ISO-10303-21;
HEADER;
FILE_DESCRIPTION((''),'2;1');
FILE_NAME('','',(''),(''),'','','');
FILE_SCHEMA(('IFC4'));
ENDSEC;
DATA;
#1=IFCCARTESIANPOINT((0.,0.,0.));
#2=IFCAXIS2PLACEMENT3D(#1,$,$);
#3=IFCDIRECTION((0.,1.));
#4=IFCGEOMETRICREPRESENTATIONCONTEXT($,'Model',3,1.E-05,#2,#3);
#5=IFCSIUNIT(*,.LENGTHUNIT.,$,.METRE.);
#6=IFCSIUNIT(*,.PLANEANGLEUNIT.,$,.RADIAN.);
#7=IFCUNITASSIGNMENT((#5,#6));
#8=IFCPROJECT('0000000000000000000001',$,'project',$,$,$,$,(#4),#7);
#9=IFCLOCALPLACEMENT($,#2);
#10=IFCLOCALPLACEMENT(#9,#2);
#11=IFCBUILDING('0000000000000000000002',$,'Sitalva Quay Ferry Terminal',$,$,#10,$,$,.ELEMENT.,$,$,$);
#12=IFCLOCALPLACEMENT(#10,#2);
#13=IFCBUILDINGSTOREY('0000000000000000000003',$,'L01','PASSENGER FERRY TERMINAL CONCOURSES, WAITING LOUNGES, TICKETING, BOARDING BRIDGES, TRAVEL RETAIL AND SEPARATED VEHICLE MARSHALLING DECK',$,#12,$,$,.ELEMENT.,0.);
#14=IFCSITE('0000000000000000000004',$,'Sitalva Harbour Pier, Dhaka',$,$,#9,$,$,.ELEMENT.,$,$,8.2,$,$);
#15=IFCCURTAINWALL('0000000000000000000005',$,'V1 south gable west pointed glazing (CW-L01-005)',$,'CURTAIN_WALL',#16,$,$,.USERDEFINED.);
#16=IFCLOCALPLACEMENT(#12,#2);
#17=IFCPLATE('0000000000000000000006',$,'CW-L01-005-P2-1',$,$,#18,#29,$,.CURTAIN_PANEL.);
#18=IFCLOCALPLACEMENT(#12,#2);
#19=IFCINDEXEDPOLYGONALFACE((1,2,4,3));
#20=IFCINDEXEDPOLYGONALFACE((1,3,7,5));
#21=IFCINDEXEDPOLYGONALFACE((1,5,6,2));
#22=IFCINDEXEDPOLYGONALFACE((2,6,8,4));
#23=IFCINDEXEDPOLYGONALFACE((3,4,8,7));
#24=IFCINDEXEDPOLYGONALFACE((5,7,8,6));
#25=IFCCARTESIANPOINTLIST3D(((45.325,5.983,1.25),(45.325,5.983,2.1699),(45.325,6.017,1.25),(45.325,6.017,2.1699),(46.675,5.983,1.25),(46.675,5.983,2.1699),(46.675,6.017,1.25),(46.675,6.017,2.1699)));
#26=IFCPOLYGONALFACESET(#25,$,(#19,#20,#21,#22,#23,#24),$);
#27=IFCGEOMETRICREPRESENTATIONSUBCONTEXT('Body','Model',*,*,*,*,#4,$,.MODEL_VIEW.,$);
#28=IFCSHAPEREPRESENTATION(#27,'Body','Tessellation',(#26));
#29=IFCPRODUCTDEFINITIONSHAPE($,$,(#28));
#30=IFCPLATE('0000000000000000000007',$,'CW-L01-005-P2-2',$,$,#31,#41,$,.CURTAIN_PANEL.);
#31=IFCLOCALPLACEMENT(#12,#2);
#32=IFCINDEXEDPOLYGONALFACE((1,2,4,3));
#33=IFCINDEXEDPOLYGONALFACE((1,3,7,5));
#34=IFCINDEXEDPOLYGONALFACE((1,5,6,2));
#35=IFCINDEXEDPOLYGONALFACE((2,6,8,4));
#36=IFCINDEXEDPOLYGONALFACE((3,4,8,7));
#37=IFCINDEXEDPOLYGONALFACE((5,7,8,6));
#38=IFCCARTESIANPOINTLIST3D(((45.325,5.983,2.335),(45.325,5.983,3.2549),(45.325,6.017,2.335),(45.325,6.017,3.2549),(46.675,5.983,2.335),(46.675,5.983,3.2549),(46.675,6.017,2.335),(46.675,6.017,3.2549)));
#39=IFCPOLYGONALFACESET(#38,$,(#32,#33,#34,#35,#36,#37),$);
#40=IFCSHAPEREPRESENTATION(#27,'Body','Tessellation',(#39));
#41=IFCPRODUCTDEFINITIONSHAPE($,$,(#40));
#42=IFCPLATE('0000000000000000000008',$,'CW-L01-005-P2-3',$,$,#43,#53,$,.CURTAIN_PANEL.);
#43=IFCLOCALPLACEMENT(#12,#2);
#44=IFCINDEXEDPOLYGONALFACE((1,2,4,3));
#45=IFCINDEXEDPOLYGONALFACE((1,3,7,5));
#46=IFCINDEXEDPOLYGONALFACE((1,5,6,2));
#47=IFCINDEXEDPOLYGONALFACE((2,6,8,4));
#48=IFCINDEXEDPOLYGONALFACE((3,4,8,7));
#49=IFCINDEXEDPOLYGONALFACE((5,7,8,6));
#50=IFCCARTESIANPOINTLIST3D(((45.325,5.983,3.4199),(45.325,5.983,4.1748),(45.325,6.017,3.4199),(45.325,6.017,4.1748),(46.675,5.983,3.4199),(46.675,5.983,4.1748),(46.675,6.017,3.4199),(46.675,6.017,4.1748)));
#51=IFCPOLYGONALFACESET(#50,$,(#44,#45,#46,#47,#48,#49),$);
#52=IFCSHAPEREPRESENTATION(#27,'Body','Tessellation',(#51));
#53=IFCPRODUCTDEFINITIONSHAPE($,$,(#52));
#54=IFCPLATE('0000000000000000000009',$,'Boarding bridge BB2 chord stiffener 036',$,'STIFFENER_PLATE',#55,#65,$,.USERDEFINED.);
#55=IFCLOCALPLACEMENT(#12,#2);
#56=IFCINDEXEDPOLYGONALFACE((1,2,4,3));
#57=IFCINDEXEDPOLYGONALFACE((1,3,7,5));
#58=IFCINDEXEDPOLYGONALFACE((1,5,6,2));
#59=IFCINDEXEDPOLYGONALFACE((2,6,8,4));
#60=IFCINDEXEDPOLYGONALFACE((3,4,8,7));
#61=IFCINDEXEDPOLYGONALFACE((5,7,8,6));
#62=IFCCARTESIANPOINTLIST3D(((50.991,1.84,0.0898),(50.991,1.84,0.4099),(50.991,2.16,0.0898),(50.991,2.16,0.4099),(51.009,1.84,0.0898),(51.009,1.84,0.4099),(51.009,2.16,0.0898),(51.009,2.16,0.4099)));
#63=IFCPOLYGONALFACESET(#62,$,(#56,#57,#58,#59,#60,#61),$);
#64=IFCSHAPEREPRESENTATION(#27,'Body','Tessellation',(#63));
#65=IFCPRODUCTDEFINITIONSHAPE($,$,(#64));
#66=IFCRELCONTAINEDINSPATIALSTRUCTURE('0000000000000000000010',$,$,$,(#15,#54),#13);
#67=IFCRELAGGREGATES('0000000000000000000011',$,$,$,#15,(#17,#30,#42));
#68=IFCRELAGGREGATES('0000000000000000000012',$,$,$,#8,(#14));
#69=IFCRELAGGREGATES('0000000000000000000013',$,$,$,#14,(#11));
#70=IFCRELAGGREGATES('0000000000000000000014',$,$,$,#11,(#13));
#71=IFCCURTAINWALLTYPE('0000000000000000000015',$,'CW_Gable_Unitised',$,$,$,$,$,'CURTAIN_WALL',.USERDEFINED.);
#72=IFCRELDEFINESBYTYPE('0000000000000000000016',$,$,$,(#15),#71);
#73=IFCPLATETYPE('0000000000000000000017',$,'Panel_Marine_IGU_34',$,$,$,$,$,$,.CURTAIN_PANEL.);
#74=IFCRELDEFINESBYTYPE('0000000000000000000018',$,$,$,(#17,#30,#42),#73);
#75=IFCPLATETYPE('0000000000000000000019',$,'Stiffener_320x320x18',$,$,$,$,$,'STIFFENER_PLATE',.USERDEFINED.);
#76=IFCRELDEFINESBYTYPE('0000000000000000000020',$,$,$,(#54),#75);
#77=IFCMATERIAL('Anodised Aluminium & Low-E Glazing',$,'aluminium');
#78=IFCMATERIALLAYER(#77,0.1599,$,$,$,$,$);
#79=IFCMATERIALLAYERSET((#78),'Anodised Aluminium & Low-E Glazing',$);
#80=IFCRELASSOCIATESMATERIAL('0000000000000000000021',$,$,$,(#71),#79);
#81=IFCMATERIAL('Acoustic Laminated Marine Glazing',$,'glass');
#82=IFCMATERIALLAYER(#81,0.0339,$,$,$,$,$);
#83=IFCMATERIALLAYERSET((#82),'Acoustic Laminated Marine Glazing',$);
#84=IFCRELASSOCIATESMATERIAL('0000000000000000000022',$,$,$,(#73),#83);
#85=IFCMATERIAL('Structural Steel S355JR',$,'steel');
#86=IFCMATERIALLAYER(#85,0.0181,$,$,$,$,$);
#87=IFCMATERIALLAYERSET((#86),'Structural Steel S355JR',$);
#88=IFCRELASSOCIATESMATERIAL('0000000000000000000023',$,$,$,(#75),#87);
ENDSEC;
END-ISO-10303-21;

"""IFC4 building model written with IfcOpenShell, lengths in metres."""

from ifc_helpers import new_model, si_unit, direction, frame, origin, origin_2d, place, context, subcontext, project, spatial, rectangle, extrude, material, layer, layer_set, type_object, element, aggregate, save


model = new_model("IFC4")

# Units and contexts
model_context = context("Model", 3, precision=1e-05, world=origin(), true_north=direction((0.0, 1.0)))
body_context = subcontext(model_context, "Body", "Model", "MODEL_VIEW")
ifc_project = project(units=[si_unit("LENGTHUNIT", "METRE"), si_unit("PLANEANGLEUNIT", "RADIAN")], contexts=[model_context])

# Site, building, storey
site_placement = place(None, origin())
site = spatial("IfcSite", under=ifc_project, at=site_placement, Name="Sitalva Harbour Pier, Dhaka", CompositionType="ELEMENT", RefElevation=8.2)
building_placement = place(site_placement, origin())
building = spatial("IfcBuilding", under=site, at=building_placement, Name="Sitalva Quay Ferry Terminal", CompositionType="ELEMENT")
storey_placement = place(building_placement, origin())
storey = spatial("IfcBuildingStorey", under=building, at=storey_placement, Name="L01", Description="PASSENGER FERRY TERMINAL CONCOURSES, WAITING LOUNGES, TICKETING, BOARDING BRIDGES, TRAVEL RETAIL AND SEPARATED VEHICLE MARSHALLING DECK", CompositionType="ELEMENT", Elevation=0.0)

# Curtain wall
ifc_material_1 = material(Name="Anodised Aluminium & Low-E Glazing", Category="aluminium")
ifc_layer_1 = layer(ifc_material_1, 0.1599)
ifc_layer_set_1 = layer_set([ifc_layer_1], Name="Anodised Aluminium & Low-E Glazing")
curtain_wall_type = type_object("IfcCurtainWallType", Name="CW_Gable_Unitised", ElementType="CURTAIN_WALL", PredefinedType="USERDEFINED", material=ifc_layer_set_1)
curtain_wall_placement = place(storey_placement, origin())
curtain_wall = element("IfcCurtainWall", 1, at=curtain_wall_placement, inside=storey, type_object=curtain_wall_type, Name="V1 south gable west pointed glazing (CW-L01-005)", ObjectType="CURTAIN_WALL", PredefinedType="USERDEFINED")

# Plates
ifc_material_2 = material(Name="Acoustic Laminated Marine Glazing", Category="glass")
ifc_layer_2 = layer(ifc_material_2, 0.0339)
ifc_layer_set_2 = layer_set([ifc_layer_2], Name="Acoustic Laminated Marine Glazing")
plate_type_1 = type_object("IfcPlateType", Name="Panel_Marine_IGU_34", PredefinedType="CURTAIN_PANEL", material=ifc_layer_set_2)
plate_1_placement = place(storey_placement, frame((46.0, 6.0, 1.25), z_axis=(0.0, 0.0, 1.0), x_axis=(1.0, 0.0, 0.0)))
plate_1 = element("IfcPlate", 2, at=plate_1_placement, type_object=plate_type_1, Name="CW-L01-005-P2-1", PredefinedType="CURTAIN_PANEL", context=body_context, shape_type="SweptSolid", body=[
    extrude(rectangle(XDim=1.3501, YDim=0.0339, at=origin_2d()), origin(), (0.0, 0.0, 1.0), 0.9199),
])
plate_2_placement = place(storey_placement, frame((46.0, 6.0, 2.335), z_axis=(0.0, 0.0, 1.0), x_axis=(1.0, 0.0, 0.0)))
plate_2 = element("IfcPlate", 3, at=plate_2_placement, type_object=plate_type_1, Name="CW-L01-005-P2-2", PredefinedType="CURTAIN_PANEL", context=body_context, shape_type="SweptSolid", body=[
    extrude(rectangle(XDim=1.3501, YDim=0.0339, at=origin_2d()), origin(), (0.0, 0.0, 1.0), 0.9199),
])
plate_3_placement = place(storey_placement, frame((46.0, 6.0, 3.4199), z_axis=(0.0, 0.0, 1.0), x_axis=(1.0, 0.0, 0.0)))
plate_3 = element("IfcPlate", 4, at=plate_3_placement, type_object=plate_type_1, Name="CW-L01-005-P2-3", PredefinedType="CURTAIN_PANEL", context=body_context, shape_type="SweptSolid", body=[
    extrude(rectangle(XDim=1.3501, YDim=0.0339, at=origin_2d()), origin(), (0.0, 0.0, 1.0), 0.7549),
])
aggregate(curtain_wall, [plate_1, plate_2, plate_3])
ifc_material_3 = material(Name="Structural Steel S355JR", Category="steel")
ifc_layer_3 = layer(ifc_material_3, 0.0181)
ifc_layer_set_3 = layer_set([ifc_layer_3], Name="Structural Steel S355JR")
plate_type_2 = type_object("IfcPlateType", Name="Stiffener_320x320x18", ElementType="STIFFENER_PLATE", PredefinedType="USERDEFINED", material=ifc_layer_set_3)
plate_4_placement = place(storey_placement, frame((51.0, 2.0, 0.0898), z_axis=(0.0, 0.0, 1.0), x_axis=(1.0, 0.0, 0.0)))
element("IfcPlate", 5, at=plate_4_placement, inside=storey, type_object=plate_type_2, Name="Boarding bridge BB2 chord stiffener 036", ObjectType="STIFFENER_PLATE", PredefinedType="USERDEFINED", context=body_context, shape_type="SweptSolid", body=[
    extrude(rectangle(XDim=0.0181, YDim=0.3201, at=origin_2d()), origin(), (0.0, 0.0, 1.0), 0.3201),
])

save(model, "model.ifc")
